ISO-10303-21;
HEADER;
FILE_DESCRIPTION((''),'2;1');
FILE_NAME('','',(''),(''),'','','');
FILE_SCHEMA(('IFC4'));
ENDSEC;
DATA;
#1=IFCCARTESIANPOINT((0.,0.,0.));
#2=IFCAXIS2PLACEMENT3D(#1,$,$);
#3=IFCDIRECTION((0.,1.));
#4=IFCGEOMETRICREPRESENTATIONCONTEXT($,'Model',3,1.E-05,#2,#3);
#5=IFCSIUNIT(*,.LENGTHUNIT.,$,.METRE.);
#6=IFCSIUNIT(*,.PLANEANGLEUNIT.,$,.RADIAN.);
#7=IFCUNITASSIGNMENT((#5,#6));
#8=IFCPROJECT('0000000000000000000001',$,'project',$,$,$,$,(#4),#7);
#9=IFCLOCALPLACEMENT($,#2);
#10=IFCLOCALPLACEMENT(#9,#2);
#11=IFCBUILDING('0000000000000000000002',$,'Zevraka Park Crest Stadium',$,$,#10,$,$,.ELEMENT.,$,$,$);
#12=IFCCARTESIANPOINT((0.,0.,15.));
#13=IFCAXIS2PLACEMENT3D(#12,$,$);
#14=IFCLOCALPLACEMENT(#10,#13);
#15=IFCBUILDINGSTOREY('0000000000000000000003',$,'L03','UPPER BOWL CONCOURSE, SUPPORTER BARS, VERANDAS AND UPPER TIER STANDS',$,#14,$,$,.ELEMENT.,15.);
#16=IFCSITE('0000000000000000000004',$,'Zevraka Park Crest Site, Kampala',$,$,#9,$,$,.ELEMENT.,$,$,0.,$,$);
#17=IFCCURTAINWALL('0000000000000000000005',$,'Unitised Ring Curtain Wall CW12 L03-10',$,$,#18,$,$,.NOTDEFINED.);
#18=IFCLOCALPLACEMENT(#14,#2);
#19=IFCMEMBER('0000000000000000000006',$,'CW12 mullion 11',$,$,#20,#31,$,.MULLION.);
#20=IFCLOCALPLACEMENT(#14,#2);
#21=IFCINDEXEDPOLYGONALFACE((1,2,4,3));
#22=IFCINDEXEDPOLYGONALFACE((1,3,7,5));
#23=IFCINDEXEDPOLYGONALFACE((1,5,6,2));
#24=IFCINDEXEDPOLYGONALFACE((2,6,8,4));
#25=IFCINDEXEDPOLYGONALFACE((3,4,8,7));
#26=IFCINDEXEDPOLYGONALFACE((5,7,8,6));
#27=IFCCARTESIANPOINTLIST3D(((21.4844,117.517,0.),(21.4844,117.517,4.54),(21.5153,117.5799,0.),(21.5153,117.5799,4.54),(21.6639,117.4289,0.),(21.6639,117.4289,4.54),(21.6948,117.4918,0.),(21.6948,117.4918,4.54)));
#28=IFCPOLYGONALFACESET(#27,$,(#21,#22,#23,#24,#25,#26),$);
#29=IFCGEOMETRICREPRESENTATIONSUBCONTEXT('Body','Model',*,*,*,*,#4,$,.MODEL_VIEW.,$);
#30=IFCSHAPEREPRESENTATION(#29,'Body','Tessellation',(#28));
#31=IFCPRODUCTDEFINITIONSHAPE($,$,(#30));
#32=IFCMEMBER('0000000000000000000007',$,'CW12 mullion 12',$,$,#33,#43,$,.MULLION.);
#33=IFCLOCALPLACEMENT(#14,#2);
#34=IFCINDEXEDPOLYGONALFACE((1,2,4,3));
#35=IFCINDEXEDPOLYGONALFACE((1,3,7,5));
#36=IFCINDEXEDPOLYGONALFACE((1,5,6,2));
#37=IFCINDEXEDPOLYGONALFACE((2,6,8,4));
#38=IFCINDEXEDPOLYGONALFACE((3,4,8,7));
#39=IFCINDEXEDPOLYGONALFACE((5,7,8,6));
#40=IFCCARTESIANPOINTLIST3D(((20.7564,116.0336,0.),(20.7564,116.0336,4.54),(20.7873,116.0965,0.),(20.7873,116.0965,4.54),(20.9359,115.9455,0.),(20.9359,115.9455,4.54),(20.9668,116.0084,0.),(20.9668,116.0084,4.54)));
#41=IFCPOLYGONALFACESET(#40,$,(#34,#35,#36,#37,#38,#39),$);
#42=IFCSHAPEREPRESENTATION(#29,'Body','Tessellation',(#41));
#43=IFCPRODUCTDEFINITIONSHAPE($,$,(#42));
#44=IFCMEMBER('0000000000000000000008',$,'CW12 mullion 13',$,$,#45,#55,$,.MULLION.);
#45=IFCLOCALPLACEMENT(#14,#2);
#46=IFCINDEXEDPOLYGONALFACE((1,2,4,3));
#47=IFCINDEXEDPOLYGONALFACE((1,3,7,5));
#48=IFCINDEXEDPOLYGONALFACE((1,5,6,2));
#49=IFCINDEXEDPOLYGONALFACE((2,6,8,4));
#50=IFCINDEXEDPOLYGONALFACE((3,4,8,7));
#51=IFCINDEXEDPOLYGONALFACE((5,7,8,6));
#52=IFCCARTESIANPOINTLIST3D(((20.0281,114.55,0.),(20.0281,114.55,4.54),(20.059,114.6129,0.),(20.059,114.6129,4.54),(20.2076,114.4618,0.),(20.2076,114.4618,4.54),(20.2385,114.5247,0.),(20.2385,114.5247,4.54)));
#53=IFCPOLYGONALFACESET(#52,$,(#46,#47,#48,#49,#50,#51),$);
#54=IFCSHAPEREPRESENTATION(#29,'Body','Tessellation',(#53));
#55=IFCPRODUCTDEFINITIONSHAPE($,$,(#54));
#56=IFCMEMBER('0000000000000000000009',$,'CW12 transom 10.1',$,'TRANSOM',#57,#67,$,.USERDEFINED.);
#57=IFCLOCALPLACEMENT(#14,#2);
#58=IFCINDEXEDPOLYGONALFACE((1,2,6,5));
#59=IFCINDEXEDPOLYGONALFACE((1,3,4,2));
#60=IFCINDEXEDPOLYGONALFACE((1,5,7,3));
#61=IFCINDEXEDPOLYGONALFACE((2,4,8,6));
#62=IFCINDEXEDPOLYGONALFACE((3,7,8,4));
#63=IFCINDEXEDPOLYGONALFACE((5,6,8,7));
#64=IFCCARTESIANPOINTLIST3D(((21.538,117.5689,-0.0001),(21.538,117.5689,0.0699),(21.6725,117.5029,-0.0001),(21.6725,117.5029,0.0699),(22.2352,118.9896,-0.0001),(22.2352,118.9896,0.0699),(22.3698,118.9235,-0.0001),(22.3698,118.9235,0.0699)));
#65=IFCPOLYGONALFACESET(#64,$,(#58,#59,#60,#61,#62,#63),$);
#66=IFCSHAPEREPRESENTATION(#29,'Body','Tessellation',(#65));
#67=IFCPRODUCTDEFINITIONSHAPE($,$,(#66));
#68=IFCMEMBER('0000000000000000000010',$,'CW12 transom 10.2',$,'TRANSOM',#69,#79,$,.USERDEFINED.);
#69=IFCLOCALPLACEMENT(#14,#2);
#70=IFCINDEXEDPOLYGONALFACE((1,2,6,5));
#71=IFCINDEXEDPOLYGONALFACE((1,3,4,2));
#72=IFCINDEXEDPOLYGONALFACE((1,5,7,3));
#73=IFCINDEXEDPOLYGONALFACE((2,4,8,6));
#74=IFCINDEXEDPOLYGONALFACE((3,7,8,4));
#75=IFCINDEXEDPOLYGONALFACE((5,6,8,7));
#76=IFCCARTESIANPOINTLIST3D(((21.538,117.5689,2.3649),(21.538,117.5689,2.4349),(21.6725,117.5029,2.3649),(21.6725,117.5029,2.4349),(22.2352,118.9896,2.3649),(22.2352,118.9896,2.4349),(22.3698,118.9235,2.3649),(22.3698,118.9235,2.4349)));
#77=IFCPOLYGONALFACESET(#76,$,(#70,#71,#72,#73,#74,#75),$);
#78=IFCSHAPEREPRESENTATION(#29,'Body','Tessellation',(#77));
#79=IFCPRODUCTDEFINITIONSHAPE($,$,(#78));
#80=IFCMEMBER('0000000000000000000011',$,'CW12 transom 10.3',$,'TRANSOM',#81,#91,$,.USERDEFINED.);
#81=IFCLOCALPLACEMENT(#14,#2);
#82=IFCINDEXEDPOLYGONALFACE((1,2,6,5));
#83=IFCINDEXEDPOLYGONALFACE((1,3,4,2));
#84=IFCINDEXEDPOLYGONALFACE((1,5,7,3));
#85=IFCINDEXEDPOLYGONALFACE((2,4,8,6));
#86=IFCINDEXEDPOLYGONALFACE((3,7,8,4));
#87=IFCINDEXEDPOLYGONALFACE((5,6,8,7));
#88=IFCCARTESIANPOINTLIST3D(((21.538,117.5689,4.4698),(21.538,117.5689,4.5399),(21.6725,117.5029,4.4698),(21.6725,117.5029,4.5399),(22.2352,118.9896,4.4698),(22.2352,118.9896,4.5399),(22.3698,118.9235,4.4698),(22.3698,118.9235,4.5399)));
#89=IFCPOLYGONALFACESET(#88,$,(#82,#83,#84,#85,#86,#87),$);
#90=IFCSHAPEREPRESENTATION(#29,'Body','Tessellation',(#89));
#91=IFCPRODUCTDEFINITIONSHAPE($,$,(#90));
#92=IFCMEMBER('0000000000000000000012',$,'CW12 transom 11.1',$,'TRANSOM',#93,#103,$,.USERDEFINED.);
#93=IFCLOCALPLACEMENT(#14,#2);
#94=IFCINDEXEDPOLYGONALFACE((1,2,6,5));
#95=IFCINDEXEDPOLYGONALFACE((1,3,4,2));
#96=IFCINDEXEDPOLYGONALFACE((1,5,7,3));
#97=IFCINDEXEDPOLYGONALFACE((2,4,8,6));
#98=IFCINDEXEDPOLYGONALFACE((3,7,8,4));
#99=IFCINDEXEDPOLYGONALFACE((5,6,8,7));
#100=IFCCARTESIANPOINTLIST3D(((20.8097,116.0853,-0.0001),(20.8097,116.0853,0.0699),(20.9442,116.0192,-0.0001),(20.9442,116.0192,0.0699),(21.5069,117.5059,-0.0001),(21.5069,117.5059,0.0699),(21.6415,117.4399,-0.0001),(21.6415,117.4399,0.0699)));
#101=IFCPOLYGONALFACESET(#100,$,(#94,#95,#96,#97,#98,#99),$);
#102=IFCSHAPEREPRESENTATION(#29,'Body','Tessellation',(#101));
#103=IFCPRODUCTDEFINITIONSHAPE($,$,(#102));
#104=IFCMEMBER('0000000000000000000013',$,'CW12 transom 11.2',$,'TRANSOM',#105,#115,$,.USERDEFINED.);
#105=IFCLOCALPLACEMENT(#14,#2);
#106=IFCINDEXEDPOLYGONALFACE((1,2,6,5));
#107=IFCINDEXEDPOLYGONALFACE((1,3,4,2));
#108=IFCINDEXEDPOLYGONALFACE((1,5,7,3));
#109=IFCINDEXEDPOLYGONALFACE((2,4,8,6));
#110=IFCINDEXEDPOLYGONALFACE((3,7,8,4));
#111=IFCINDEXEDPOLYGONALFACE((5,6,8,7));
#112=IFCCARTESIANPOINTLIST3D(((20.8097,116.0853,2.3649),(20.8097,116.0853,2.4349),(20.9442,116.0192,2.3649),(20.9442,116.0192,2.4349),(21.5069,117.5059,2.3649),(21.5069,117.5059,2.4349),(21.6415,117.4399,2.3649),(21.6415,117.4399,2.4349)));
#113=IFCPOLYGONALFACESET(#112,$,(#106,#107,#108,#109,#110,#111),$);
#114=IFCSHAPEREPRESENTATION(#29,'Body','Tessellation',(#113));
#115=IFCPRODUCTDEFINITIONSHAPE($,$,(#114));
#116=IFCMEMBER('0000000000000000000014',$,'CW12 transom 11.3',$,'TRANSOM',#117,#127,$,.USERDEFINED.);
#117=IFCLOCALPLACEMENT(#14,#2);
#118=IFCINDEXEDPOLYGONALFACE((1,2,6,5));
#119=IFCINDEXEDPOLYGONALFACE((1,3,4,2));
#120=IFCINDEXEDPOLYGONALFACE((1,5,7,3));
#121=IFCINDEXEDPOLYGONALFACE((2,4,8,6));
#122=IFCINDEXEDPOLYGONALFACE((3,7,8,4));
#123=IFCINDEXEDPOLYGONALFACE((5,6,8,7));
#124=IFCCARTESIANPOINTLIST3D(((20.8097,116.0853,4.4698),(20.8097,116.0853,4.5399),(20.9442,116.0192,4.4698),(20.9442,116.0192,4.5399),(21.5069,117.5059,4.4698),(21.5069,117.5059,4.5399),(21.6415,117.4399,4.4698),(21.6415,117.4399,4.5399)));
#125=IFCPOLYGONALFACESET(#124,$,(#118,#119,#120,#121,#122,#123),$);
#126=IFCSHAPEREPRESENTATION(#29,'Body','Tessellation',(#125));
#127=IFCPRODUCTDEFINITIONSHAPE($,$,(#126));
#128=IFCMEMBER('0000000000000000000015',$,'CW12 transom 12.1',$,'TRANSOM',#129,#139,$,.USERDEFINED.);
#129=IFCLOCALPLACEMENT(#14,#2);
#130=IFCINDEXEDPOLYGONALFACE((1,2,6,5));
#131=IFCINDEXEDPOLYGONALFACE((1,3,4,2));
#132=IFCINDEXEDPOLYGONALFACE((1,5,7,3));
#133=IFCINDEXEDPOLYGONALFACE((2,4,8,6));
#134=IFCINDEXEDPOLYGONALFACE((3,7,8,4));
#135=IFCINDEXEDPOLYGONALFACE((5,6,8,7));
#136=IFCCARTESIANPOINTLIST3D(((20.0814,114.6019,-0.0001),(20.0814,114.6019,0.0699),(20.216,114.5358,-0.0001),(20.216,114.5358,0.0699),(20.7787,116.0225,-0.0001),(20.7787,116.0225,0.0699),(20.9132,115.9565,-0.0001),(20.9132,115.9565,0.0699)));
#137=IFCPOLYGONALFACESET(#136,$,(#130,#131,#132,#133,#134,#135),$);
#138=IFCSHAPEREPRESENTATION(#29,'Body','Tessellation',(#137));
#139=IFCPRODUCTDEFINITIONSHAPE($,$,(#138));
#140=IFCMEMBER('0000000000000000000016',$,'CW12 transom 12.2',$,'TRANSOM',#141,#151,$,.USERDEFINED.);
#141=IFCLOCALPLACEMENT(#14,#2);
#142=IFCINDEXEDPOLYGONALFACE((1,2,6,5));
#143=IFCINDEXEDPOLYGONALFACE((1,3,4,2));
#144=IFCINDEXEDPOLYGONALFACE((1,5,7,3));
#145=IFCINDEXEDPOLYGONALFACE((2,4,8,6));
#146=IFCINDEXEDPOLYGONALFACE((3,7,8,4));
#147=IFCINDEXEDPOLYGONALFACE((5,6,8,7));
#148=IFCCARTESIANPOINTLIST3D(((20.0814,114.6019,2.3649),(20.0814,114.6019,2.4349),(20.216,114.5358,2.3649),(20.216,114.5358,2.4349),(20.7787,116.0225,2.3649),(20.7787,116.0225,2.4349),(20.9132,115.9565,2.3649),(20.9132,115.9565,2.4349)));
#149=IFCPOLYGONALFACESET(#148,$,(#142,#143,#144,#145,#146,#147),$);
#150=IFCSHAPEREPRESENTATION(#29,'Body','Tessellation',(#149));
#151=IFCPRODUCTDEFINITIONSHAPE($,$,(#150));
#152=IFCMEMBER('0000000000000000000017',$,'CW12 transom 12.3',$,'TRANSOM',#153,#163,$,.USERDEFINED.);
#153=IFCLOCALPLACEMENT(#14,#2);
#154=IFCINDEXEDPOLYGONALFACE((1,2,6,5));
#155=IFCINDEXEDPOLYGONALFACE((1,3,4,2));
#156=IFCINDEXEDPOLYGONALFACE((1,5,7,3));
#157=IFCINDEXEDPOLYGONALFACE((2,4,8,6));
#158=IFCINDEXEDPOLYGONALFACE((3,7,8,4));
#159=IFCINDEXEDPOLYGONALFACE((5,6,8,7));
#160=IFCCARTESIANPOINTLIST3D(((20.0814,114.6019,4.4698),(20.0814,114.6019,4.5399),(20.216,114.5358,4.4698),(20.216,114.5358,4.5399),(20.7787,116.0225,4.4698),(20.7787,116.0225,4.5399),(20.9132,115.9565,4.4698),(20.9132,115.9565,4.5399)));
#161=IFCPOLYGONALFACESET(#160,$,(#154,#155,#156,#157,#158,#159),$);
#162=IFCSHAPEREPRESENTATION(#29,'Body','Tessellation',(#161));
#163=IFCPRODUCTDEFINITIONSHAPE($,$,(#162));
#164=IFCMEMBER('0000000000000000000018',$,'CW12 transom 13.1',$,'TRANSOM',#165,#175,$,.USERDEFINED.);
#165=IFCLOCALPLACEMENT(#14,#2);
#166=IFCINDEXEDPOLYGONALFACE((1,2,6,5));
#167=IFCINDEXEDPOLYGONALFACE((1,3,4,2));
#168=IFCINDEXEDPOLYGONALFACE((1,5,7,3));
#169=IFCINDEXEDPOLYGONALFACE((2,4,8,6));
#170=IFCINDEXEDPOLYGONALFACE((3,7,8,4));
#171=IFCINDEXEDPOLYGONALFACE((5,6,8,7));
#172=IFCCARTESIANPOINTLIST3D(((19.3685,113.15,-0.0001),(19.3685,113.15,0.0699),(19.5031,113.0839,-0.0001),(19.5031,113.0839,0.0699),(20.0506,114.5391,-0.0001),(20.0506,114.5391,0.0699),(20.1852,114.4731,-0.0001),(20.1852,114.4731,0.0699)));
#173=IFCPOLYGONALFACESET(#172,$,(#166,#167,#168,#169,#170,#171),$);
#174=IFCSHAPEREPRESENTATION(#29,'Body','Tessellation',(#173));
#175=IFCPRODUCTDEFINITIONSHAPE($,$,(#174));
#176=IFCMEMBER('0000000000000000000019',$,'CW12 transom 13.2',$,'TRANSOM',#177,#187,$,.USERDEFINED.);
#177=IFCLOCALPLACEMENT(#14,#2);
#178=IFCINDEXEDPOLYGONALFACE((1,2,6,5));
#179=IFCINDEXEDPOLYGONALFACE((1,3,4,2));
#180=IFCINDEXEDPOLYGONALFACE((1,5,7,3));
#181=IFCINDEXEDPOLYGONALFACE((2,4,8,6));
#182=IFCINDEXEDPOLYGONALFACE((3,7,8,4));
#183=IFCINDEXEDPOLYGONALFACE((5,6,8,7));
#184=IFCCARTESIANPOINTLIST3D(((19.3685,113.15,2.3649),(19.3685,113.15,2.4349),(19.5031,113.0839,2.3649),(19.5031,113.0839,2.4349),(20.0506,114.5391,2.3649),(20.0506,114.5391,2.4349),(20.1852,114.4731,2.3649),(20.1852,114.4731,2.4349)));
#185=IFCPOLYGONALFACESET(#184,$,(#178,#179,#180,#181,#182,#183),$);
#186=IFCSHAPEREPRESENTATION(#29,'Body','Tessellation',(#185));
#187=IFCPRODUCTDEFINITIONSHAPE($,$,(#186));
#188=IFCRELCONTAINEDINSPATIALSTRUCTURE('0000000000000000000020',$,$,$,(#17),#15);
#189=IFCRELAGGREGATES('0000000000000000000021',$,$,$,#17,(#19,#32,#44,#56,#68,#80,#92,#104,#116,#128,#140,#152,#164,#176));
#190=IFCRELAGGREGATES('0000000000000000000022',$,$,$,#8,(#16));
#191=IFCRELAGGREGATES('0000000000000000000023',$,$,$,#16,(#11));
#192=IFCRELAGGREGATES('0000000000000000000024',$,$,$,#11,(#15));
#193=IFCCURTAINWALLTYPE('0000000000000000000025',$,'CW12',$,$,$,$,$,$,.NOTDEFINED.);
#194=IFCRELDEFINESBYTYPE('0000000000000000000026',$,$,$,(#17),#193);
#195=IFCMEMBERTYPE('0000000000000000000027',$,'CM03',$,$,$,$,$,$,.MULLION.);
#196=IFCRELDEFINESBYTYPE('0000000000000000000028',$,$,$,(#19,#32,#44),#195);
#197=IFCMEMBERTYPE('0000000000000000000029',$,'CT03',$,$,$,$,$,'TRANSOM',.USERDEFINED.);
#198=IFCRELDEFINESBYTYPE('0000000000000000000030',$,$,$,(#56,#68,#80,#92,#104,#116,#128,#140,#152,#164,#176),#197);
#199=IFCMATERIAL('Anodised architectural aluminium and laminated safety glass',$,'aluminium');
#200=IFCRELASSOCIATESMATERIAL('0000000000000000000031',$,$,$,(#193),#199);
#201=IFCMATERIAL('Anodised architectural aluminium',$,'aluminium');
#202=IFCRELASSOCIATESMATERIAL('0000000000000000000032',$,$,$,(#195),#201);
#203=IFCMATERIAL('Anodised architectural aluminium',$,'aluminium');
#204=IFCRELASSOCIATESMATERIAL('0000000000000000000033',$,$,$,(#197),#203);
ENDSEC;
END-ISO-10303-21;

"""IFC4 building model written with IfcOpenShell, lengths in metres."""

from ifc_helpers import new_model, si_unit, direction, frame, origin, origin_2d, place, context, subcontext, project, spatial, rectangle, extrude, material, material_profile, profile_set, type_object, element, aggregate, save


model = new_model("IFC4")

# Units and contexts
model_context = context("Model", 3, precision=1e-05, world=origin(), true_north=direction((0.0, 1.0)))
body_context = subcontext(model_context, "Body", "Model", "MODEL_VIEW")
ifc_project = project(units=[si_unit("LENGTHUNIT", "METRE"), si_unit("PLANEANGLEUNIT", "RADIAN")], contexts=[model_context])

# Site, building, storey
site_placement = place(None, origin())
site = spatial("IfcSite", under=ifc_project, at=site_placement, Name="Zevraka Park Crest Site, Kampala", CompositionType="ELEMENT", RefElevation=0.0)
building_placement = place(site_placement, origin())
building = spatial("IfcBuilding", under=site, at=building_placement, Name="Zevraka Park Crest Stadium", CompositionType="ELEMENT")
storey_placement = place(building_placement, frame((0.0, 0.0, 15.0)))
storey = spatial("IfcBuildingStorey", under=building, at=storey_placement, Name="L03", Description="UPPER BOWL CONCOURSE, SUPPORTER BARS, VERANDAS AND UPPER TIER STANDS", CompositionType="ELEMENT", Elevation=15.0)

# Curtain wall, members
ifc_material_1 = material(Name="Anodised architectural aluminium and laminated safety glass", Category="aluminium")
curtain_wall_type = type_object("IfcCurtainWallType", Name="CW12", PredefinedType="NOTDEFINED", material=ifc_material_1)
curtain_wall_placement = place(storey_placement, origin())
curtain_wall = element("IfcCurtainWall", 1, at=curtain_wall_placement, inside=storey, type_object=curtain_wall_type, Name="Unitised Ring Curtain Wall CW12 L03-10", PredefinedType="NOTDEFINED")
ifc_material_2 = material(Name="Anodised architectural aluminium", Category="aluminium")
ifc_material_profile_1 = material_profile(ifc_material_2, rectangle(XDim=0.2, YDim=0.0701, at=origin_2d()), Name="ALU MULLION 200x70")
ifc_profile_set_1 = profile_set([ifc_material_profile_1], Name="Anodised architectural aluminium")
member_type_1 = type_object("IfcMemberType", Name="CM03", PredefinedType="MULLION", material=ifc_profile_set_1)
member_1_placement = place(storey_placement, frame((21.5896, 117.5044, 0.0), z_axis=(0.0, 0.0, 1.0), x_axis=(0.897671, -0.440666, 0.0)))
member_1 = element("IfcMember", 2, at=member_1_placement, type_object=member_type_1, Name="CW12 mullion 11", PredefinedType="MULLION", context=body_context, shape_type="SweptSolid", body=[
    extrude(rectangle(XDim=0.2, YDim=0.0701, at=origin_2d()), origin(), (0.0, 0.0, 1.0), 4.54),
])
member_2_placement = place(storey_placement, frame((20.8616, 116.021, 0.0), z_axis=(0.0, 0.0, 1.0), x_axis=(0.897671, -0.440666, 0.0)))
member_2 = element("IfcMember", 3, at=member_2_placement, type_object=member_type_1, Name="CW12 mullion 12", PredefinedType="MULLION", context=body_context, shape_type="SweptSolid", body=[
    extrude(rectangle(XDim=0.2, YDim=0.0701, at=origin_2d()), origin(), (0.0, 0.0, 1.0), 4.54),
])
member_3_placement = place(storey_placement, frame((20.1333, 114.5374, 0.0), z_axis=(0.0, 0.0, 1.0), x_axis=(0.897671, -0.440666, 0.0)))
member_3 = element("IfcMember", 4, at=member_3_placement, type_object=member_type_1, Name="CW12 mullion 13", PredefinedType="MULLION", context=body_context, shape_type="SweptSolid", body=[
    extrude(rectangle(XDim=0.2, YDim=0.0701, at=origin_2d()), origin(), (0.0, 0.0, 1.0), 4.54),
])
ifc_material_3 = material(Name="Anodised architectural aluminium", Category="aluminium")
ifc_material_profile_2 = material_profile(ifc_material_3, rectangle(XDim=0.1499, YDim=0.0701, at=origin_2d()), Name="ALU TRANSOM 150x70")
ifc_profile_set_2 = profile_set([ifc_material_profile_2], Name="Anodised architectural aluminium")
member_type_2 = type_object("IfcMemberType", Name="CT03", ElementType="TRANSOM", PredefinedType="USERDEFINED", material=ifc_profile_set_2)
member_4_placement = place(storey_placement, frame((22.3025, 118.9565, 0.0349), z_axis=(-0.440599, -0.897704, 0.0), x_axis=(0.897704, -0.440599, 0.0)))
member_4 = element("IfcMember", 5, at=member_4_placement, type_object=member_type_2, Name="CW12 transom 10.1", ObjectType="TRANSOM", PredefinedType="USERDEFINED", context=body_context, shape_type="SweptSolid", body=[
    extrude(rectangle(XDim=0.1499, YDim=0.0701, at=origin_2d()), origin(), (0.0, 0.0, 1.0), 1.5825),
])
member_5_placement = place(storey_placement, frame((22.3025, 118.9565, 2.3999), z_axis=(-0.440599, -0.897704, 0.0), x_axis=(0.897704, -0.440599, 0.0)))
member_5 = element("IfcMember", 6, at=member_5_placement, type_object=member_type_2, Name="CW12 transom 10.2", ObjectType="TRANSOM", PredefinedType="USERDEFINED", context=body_context, shape_type="SweptSolid", body=[
    extrude(rectangle(XDim=0.1499, YDim=0.0701, at=origin_2d()), origin(), (0.0, 0.0, 1.0), 1.5825),
])
member_6_placement = place(storey_placement, frame((22.3025, 118.9565, 4.5049), z_axis=(-0.440599, -0.897704, 0.0), x_axis=(0.897704, -0.440599, 0.0)))
member_6 = element("IfcMember", 7, at=member_6_placement, type_object=member_type_2, Name="CW12 transom 10.3", ObjectType="TRANSOM", PredefinedType="USERDEFINED", context=body_context, shape_type="SweptSolid", body=[
    extrude(rectangle(XDim=0.1499, YDim=0.0701, at=origin_2d()), origin(), (0.0, 0.0, 1.0), 1.5825),
])
member_7_placement = place(storey_placement, frame((21.5742, 117.4729, 0.0349), z_axis=(-0.440599, -0.897704, 0.0), x_axis=(0.897704, -0.440599, 0.0)))
member_7 = element("IfcMember", 8, at=member_7_placement, type_object=member_type_2, Name="CW12 transom 11.1", ObjectType="TRANSOM", PredefinedType="USERDEFINED", context=body_context, shape_type="SweptSolid", body=[
    extrude(rectangle(XDim=0.1499, YDim=0.0701, at=origin_2d()), origin(), (0.0, 0.0, 1.0), 1.5825),
])
member_8_placement = place(storey_placement, frame((21.5742, 117.4729, 2.3999), z_axis=(-0.440599, -0.897704, 0.0), x_axis=(0.897704, -0.440599, 0.0)))
member_8 = element("IfcMember", 9, at=member_8_placement, type_object=member_type_2, Name="CW12 transom 11.2", ObjectType="TRANSOM", PredefinedType="USERDEFINED", context=body_context, shape_type="SweptSolid", body=[
    extrude(rectangle(XDim=0.1499, YDim=0.0701, at=origin_2d()), origin(), (0.0, 0.0, 1.0), 1.5825),
])
member_9_placement = place(storey_placement, frame((21.5742, 117.4729, 4.5049), z_axis=(-0.440599, -0.897704, 0.0), x_axis=(0.897704, -0.440599, 0.0)))
member_9 = element("IfcMember", 10, at=member_9_placement, type_object=member_type_2, Name="CW12 transom 11.3", ObjectType="TRANSOM", PredefinedType="USERDEFINED", context=body_context, shape_type="SweptSolid", body=[
    extrude(rectangle(XDim=0.1499, YDim=0.0701, at=origin_2d()), origin(), (0.0, 0.0, 1.0), 1.5825),
])
member_10_placement = place(storey_placement, frame((20.8459, 115.9895, 0.0349), z_axis=(-0.440599, -0.897704, 0.0), x_axis=(0.897704, -0.440599, 0.0)))
member_10 = element("IfcMember", 11, at=member_10_placement, type_object=member_type_2, Name="CW12 transom 12.1", ObjectType="TRANSOM", PredefinedType="USERDEFINED", context=body_context, shape_type="SweptSolid", body=[
    extrude(rectangle(XDim=0.1499, YDim=0.0701, at=origin_2d()), origin(), (0.0, 0.0, 1.0), 1.5825),
])
member_11_placement = place(storey_placement, frame((20.8459, 115.9895, 2.3999), z_axis=(-0.440599, -0.897704, 0.0), x_axis=(0.897704, -0.440599, 0.0)))
member_11 = element("IfcMember", 12, at=member_11_placement, type_object=member_type_2, Name="CW12 transom 12.2", ObjectType="TRANSOM", PredefinedType="USERDEFINED", context=body_context, shape_type="SweptSolid", body=[
    extrude(rectangle(XDim=0.1499, YDim=0.0701, at=origin_2d()), origin(), (0.0, 0.0, 1.0), 1.5825),
])
member_12_placement = place(storey_placement, frame((20.8459, 115.9895, 4.5049), z_axis=(-0.440599, -0.897704, 0.0), x_axis=(0.897704, -0.440599, 0.0)))
member_12 = element("IfcMember", 13, at=member_12_placement, type_object=member_type_2, Name="CW12 transom 12.3", ObjectType="TRANSOM", PredefinedType="USERDEFINED", context=body_context, shape_type="SweptSolid", body=[
    extrude(rectangle(XDim=0.1499, YDim=0.0701, at=origin_2d()), origin(), (0.0, 0.0, 1.0), 1.5825),
])
member_13_placement = place(storey_placement, frame((20.1179, 114.5061, 0.0349), z_axis=(-0.440766, -0.897622, 0.0), x_axis=(0.897622, -0.440766, 0.0)))
member_13 = element("IfcMember", 14, at=member_13_placement, type_object=member_type_2, Name="CW12 transom 13.1", ObjectType="TRANSOM", PredefinedType="USERDEFINED", context=body_context, shape_type="SweptSolid", body=[
    extrude(rectangle(XDim=0.1499, YDim=0.0701, at=origin_2d()), origin(), (0.0, 0.0, 1.0), 1.5476),
])
member_14_placement = place(storey_placement, frame((20.1179, 114.5061, 2.3999), z_axis=(-0.440766, -0.897622, 0.0), x_axis=(0.897622, -0.440766, 0.0)))
member_14 = element("IfcMember", 15, at=member_14_placement, type_object=member_type_2, Name="CW12 transom 13.2", ObjectType="TRANSOM", PredefinedType="USERDEFINED", context=body_context, shape_type="SweptSolid", body=[
    extrude(rectangle(XDim=0.1499, YDim=0.0701, at=origin_2d()), origin(), (0.0, 0.0, 1.0), 1.5476),
])
aggregate(curtain_wall, [member_1, member_2, member_3, member_4, member_5, member_6, member_7, member_8, member_9, member_10, member_11, member_12, member_13, member_14])

save(model, "model.ifc")
